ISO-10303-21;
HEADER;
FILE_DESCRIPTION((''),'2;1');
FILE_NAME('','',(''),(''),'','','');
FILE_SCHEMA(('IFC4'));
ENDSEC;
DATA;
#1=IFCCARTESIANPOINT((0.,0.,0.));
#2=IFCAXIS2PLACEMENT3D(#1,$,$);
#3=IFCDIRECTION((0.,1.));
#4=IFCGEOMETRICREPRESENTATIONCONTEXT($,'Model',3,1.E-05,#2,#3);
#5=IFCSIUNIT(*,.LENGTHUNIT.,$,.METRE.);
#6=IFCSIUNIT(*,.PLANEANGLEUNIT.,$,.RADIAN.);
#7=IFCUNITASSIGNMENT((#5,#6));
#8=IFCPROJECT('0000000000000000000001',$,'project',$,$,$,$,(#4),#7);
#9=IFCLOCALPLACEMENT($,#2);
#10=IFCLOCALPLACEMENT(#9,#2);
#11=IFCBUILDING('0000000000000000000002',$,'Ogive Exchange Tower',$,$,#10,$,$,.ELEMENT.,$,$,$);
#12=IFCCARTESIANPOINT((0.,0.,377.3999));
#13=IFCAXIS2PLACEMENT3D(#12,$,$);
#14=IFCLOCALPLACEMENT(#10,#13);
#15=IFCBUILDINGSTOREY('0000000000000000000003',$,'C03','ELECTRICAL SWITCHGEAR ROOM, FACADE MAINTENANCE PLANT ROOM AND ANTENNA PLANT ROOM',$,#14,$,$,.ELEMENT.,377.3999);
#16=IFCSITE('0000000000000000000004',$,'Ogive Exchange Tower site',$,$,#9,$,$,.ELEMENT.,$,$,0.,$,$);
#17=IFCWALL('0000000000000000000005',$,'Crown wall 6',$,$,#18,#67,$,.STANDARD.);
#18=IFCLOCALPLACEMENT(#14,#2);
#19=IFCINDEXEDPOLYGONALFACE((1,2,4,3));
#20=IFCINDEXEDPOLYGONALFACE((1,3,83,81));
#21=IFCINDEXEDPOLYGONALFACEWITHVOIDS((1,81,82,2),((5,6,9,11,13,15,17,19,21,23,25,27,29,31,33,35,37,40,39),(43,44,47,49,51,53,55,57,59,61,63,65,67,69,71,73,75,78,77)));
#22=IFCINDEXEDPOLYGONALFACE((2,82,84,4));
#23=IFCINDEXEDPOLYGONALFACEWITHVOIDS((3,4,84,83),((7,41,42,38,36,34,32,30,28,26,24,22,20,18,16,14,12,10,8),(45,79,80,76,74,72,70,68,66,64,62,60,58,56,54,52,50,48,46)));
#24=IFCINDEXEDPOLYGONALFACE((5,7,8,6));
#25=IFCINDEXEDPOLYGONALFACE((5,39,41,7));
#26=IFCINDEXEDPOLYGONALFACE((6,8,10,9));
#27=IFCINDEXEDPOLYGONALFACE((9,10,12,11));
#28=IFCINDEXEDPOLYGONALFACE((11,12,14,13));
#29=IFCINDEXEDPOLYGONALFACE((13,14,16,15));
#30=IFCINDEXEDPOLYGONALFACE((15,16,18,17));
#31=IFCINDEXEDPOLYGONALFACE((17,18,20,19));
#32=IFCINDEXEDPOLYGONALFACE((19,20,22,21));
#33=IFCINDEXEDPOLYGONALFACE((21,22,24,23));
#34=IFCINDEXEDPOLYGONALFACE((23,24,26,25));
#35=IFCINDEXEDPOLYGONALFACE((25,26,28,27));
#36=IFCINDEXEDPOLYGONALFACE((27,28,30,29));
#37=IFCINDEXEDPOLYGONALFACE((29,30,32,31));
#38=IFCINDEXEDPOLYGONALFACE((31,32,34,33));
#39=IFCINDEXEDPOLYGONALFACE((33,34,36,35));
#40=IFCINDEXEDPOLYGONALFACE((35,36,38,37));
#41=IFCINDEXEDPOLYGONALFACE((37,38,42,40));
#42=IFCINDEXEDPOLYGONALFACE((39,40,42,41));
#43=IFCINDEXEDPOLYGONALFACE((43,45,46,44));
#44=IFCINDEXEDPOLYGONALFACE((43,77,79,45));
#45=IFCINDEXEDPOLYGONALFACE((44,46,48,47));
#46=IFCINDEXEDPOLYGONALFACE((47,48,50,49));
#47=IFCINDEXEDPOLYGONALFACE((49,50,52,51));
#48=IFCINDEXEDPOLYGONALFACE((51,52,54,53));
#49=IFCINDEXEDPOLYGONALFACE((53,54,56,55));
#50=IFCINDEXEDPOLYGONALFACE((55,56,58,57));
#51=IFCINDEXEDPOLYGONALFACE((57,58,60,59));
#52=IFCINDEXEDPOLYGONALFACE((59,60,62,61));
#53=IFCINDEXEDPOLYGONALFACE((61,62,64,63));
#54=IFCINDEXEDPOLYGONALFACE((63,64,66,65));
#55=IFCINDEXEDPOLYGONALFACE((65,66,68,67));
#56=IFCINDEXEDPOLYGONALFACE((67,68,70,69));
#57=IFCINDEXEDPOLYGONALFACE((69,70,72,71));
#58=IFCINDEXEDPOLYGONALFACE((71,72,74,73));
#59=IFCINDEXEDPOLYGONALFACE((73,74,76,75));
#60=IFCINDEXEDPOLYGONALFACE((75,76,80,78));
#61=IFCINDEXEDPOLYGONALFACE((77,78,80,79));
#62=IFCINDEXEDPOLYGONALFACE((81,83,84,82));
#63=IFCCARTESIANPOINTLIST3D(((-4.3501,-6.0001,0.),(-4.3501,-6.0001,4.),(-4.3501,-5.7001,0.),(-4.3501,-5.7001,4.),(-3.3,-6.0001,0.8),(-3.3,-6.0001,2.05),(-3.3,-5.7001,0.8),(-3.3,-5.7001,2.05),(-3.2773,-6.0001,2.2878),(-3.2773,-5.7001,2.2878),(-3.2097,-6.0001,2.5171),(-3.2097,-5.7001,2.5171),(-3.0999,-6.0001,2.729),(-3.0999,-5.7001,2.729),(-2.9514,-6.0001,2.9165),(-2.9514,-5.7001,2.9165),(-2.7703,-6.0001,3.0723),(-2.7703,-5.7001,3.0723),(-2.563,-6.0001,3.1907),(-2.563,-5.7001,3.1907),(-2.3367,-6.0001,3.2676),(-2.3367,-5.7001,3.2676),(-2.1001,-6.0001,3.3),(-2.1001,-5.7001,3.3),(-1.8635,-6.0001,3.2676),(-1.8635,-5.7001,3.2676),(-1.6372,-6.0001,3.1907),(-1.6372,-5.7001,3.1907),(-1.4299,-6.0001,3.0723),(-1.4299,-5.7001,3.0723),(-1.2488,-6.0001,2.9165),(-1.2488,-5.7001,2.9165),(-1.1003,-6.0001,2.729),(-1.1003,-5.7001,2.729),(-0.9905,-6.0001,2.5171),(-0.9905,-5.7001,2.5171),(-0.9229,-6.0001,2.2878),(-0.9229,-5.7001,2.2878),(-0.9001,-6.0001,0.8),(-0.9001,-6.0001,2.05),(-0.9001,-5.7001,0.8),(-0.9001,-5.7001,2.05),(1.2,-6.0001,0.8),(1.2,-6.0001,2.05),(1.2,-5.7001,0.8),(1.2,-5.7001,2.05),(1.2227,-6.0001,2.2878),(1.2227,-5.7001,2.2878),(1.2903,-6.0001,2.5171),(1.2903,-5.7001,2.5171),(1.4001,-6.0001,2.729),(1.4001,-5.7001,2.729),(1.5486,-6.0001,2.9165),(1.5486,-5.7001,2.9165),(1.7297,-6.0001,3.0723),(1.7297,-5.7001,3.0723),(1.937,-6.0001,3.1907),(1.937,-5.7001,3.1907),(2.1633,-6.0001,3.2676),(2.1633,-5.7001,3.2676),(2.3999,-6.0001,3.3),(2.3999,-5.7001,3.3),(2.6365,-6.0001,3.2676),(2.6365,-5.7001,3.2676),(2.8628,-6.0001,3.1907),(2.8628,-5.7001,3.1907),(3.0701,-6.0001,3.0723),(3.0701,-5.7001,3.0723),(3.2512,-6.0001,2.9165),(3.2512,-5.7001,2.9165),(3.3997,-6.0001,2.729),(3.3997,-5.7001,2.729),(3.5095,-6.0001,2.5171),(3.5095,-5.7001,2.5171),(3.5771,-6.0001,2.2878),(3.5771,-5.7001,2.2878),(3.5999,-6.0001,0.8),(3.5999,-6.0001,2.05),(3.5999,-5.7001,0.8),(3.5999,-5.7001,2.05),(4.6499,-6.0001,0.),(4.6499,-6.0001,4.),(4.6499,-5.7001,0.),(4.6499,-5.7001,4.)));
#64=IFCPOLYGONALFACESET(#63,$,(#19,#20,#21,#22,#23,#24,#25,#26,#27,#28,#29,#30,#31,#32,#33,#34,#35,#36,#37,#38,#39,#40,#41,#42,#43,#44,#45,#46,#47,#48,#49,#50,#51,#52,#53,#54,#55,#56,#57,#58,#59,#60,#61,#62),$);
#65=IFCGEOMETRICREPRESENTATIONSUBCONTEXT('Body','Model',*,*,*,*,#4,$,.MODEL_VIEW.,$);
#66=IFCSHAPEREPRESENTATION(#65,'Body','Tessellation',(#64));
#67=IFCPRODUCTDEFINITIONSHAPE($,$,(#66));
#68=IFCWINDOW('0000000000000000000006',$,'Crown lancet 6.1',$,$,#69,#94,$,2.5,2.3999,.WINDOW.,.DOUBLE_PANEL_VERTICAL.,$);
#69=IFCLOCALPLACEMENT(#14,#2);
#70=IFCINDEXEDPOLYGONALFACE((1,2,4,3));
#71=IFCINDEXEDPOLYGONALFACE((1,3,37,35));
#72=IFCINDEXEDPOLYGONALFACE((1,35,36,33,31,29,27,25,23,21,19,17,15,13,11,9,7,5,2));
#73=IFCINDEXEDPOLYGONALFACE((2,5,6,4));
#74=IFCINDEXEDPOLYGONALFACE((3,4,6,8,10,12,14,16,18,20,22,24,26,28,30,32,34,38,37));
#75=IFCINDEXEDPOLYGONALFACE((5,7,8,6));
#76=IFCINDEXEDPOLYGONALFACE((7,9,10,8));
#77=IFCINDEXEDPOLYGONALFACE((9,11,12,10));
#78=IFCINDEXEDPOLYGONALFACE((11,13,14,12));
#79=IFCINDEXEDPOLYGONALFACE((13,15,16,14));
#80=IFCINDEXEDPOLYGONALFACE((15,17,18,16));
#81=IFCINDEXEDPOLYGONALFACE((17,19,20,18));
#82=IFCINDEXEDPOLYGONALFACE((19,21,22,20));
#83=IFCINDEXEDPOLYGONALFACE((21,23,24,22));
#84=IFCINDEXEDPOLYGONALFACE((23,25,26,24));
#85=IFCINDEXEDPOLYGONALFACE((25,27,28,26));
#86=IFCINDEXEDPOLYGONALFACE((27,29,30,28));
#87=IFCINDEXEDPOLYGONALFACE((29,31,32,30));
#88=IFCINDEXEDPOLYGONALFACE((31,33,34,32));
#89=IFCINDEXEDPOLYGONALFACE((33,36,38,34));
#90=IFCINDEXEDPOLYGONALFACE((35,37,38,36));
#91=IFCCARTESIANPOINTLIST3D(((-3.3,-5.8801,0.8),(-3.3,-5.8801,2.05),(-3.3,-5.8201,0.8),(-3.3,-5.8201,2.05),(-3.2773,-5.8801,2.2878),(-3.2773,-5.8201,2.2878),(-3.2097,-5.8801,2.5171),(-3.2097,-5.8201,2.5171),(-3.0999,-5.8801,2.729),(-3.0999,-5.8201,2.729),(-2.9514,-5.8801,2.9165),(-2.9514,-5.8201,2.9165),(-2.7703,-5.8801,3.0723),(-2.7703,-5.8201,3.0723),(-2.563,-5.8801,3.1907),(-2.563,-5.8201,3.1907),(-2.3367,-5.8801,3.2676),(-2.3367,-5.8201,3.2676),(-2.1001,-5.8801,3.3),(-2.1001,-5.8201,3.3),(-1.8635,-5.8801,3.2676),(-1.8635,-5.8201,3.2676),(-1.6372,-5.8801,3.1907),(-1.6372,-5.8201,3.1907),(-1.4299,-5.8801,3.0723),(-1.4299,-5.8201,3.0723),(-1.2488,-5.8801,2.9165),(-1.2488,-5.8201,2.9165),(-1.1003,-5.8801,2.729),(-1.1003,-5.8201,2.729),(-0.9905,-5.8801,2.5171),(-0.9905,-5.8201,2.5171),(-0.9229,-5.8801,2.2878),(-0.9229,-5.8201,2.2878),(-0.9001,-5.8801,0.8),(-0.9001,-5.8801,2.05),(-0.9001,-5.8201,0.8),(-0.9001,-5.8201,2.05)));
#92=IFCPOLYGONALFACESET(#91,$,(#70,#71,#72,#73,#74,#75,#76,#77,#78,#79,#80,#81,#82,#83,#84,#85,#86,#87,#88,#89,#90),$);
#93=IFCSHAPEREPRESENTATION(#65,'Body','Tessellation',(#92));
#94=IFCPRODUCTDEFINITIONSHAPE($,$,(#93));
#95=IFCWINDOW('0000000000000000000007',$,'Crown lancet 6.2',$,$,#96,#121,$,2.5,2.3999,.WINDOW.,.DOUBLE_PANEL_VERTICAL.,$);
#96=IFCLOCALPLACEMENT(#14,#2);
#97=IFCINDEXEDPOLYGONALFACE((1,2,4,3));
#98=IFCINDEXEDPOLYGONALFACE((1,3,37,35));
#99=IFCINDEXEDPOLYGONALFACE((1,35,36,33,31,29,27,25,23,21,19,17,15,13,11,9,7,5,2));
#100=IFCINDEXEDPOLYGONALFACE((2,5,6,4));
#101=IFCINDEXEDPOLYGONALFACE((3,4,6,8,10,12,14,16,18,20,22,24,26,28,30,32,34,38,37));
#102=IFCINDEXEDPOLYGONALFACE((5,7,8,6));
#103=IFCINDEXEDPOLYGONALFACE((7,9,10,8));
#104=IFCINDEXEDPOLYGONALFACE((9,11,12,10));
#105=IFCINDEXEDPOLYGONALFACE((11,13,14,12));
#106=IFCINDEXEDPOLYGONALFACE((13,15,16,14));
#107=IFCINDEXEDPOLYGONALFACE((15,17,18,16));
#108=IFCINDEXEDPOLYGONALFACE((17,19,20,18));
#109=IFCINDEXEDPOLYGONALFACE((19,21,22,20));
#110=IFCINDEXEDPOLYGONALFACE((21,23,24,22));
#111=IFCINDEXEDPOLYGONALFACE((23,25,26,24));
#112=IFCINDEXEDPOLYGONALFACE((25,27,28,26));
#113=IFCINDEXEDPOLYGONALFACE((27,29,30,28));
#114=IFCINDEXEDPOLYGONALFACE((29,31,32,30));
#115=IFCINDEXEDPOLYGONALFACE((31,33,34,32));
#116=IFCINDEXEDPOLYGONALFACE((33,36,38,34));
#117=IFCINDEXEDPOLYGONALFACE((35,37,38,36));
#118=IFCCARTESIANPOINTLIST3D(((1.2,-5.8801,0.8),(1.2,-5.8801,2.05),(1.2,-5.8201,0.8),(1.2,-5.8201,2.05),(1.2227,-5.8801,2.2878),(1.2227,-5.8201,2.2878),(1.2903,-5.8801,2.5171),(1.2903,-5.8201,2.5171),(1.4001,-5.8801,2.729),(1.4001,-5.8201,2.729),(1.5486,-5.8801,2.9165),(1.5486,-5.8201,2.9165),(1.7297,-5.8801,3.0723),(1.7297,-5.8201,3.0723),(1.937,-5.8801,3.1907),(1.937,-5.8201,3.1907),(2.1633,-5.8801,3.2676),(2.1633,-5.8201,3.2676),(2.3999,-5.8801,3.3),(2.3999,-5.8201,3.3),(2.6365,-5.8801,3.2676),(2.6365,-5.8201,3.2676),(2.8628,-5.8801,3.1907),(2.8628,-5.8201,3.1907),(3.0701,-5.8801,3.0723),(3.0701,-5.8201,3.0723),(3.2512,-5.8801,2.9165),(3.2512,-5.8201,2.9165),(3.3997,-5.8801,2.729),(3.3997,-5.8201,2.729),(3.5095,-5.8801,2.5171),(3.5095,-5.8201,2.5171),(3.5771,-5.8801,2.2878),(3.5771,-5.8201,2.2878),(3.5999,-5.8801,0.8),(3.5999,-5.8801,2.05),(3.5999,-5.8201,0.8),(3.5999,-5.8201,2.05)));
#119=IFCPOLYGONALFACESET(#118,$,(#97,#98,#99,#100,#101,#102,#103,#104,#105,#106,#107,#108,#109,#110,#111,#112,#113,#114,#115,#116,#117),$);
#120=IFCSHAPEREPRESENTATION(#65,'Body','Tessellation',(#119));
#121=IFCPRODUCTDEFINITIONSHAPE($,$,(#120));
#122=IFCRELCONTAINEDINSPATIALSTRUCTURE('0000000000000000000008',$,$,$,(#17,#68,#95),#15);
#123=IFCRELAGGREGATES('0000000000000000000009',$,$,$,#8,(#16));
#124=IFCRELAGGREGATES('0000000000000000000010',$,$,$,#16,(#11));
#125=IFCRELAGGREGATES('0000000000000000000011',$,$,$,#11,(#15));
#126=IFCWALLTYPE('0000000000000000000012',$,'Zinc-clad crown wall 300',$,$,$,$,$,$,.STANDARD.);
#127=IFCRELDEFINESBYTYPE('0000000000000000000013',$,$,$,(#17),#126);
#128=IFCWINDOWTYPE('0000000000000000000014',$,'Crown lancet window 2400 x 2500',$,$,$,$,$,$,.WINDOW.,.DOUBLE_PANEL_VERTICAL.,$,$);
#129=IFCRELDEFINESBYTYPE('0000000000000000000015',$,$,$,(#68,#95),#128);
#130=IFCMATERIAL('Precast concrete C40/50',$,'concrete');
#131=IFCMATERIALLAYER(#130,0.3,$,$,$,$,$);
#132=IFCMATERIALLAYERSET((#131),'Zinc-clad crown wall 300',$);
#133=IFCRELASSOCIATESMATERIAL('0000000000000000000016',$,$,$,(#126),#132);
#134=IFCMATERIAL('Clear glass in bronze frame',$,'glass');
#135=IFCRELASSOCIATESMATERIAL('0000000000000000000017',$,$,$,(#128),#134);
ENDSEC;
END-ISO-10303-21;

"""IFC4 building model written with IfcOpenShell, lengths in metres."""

from ifc_helpers import new_model, si_unit, direction, frame, frame_2d, origin, place, context, subcontext, project, spatial, polyline, rectangle, outline, extrude, material, layer, layer_set, type_object, element, fill, save


model = new_model("IFC4")

# Units and contexts
model_context = context("Model", 3, precision=1e-05, world=origin(), true_north=direction((0.0, 1.0)))
body_context = subcontext(model_context, "Body", "Model", "MODEL_VIEW")
ifc_project = project(units=[si_unit("LENGTHUNIT", "METRE"), si_unit("PLANEANGLEUNIT", "RADIAN")], contexts=[model_context])

# Site, building, storey
site_placement = place(None, origin())
site = spatial("IfcSite", under=ifc_project, at=site_placement, Name="Ogive Exchange Tower site", CompositionType="ELEMENT", RefElevation=0.0)
building_placement = place(site_placement, origin())
building = spatial("IfcBuilding", under=site, at=building_placement, Name="Ogive Exchange Tower", CompositionType="ELEMENT")
storey_placement = place(building_placement, frame((0.0, 0.0, 377.3999)))
storey = spatial("IfcBuildingStorey", under=building, at=storey_placement, Name="C03", Description="ELECTRICAL SWITCHGEAR ROOM, FACADE MAINTENANCE PLANT ROOM AND ANTENNA PLANT ROOM", CompositionType="ELEMENT", Elevation=377.3999)

# Wall, openings, windows
ifc_material_1 = material(Name="Precast concrete C40/50", Category="concrete")
ifc_layer_1 = layer(ifc_material_1, 0.3)
ifc_layer_set_1 = layer_set([ifc_layer_1], Name="Zinc-clad crown wall 300")
wall_type_1 = type_object("IfcWallType", Name="Zinc-clad crown wall 300", PredefinedType="STANDARD", material=ifc_layer_set_1)
ifc_material_2 = material(Name="Clear glass in bronze frame", Category="glass")
window_type = type_object("IfcWindowType", Name="Crown lancet window 2400 x 2500", PartitioningType="DOUBLE_PANEL_VERTICAL", PredefinedType="WINDOW", material=ifc_material_2)
wall_1_placement = place(storey_placement, frame((-4.3501, -5.8501, 0.0), z_axis=(0.0, 0.0, 1.0), x_axis=(1.0, 0.0, 0.0)))
wall_1 = element("IfcWall", 1, at=wall_1_placement, inside=storey, type_object=wall_type_1, Name="Crown wall 6", PredefinedType="STANDARD", context=body_context, shape_type="SweptSolid", body=[
    extrude(rectangle(XDim=9.0, YDim=0.3, at=frame_2d((4.5, 0.0))), origin(), (0.0, 0.0, 1.0), 4.0),
])
opening_1_placement = place(wall_1_placement, frame((1.05, 0.0, 0.8)))
opening_1 = element("IfcOpeningElement", 2, at=opening_1_placement, cuts=wall_1, PredefinedType="OPENING", context=body_context, shape_type="SweptSolid", body=[
    extrude(outline(polyline([(0.0, 0.0), (2.3999, 0.0), (2.3999, 1.25), (2.3772, 1.4878), (2.3096, 1.717), (2.1997, 1.929), (2.0513, 2.1165), (1.8701, 2.2722), (1.6628, 2.3906), (1.4365, 2.4675), (1.2, 2.5), (0.9634, 2.4675), (0.7371, 2.3906), (0.5298, 2.2722), (0.3486, 2.1165), (0.2002, 1.929), (0.0903, 1.717), (0.0227, 1.4878), (0.0, 1.25), (0.0, 0.0)])), frame((0.0, 0.1599, 0.0), z_axis=(0.0, -1.0, 0.0), x_axis=(1.0, 0.0, 0.0)), (0.0, 0.0, 1.0), 0.3201),
])
opening_2_placement = place(wall_1_placement, frame((5.55, 0.0, 0.8)))
opening_2 = element("IfcOpeningElement", 3, at=opening_2_placement, cuts=wall_1, PredefinedType="OPENING", context=body_context, shape_type="SweptSolid", body=[
    extrude(outline(polyline([(0.0, 0.0), (2.3999, 0.0), (2.3999, 1.25), (2.3772, 1.4878), (2.3096, 1.717), (2.1997, 1.929), (2.0513, 2.1165), (1.8701, 2.2722), (1.6628, 2.3906), (1.4365, 2.4675), (1.2, 2.5), (0.9634, 2.4675), (0.7371, 2.3906), (0.5298, 2.2722), (0.3486, 2.1165), (0.2002, 1.929), (0.0903, 1.717), (0.0227, 1.4878), (0.0, 1.25), (0.0, 0.0)])), frame((0.0, 0.1599, 0.0), z_axis=(0.0, -1.0, 0.0), x_axis=(1.0, 0.0, 0.0)), (0.0, 0.0, 1.0), 0.3201),
])
window_1_placement = place(opening_1_placement, origin())
window_1 = element("IfcWindow", 4, at=window_1_placement, inside=storey, type_object=window_type, Name="Crown lancet 6.1", OverallHeight=2.5, OverallWidth=2.3999, PartitioningType="DOUBLE_PANEL_VERTICAL", PredefinedType="WINDOW", context=body_context, shape_type="SweptSolid", body=[
    extrude(outline(polyline([(0.0, 0.0), (2.3999, 0.0), (2.3999, 1.25), (2.3772, 1.4878), (2.3096, 1.717), (2.1997, 1.929), (2.0513, 2.1165), (1.8701, 2.2722), (1.6628, 2.3906), (1.4365, 2.4675), (1.2, 2.5), (0.9634, 2.4675), (0.7371, 2.3906), (0.5298, 2.2722), (0.3486, 2.1165), (0.2002, 1.929), (0.0903, 1.717), (0.0227, 1.4878), (0.0, 1.25), (0.0, 0.0)])), frame((0.0, 0.03, 0.0), z_axis=(0.0, -1.0, 0.0), x_axis=(1.0, 0.0, 0.0)), (0.0, 0.0, 1.0), 0.0601),
])
fill(opening_1, window_1)
window_2_placement = place(opening_2_placement, origin())
window_2 = element("IfcWindow", 5, at=window_2_placement, inside=storey, type_object=window_type, Name="Crown lancet 6.2", OverallHeight=2.5, OverallWidth=2.3999, PartitioningType="DOUBLE_PANEL_VERTICAL", PredefinedType="WINDOW", context=body_context, shape_type="SweptSolid", body=[
    extrude(outline(polyline([(0.0, 0.0), (2.3999, 0.0), (2.3999, 1.25), (2.3772, 1.4878), (2.3096, 1.717), (2.1997, 1.929), (2.0513, 2.1165), (1.8701, 2.2722), (1.6628, 2.3906), (1.4365, 2.4675), (1.2, 2.5), (0.9634, 2.4675), (0.7371, 2.3906), (0.5298, 2.2722), (0.3486, 2.1165), (0.2002, 1.929), (0.0903, 1.717), (0.0227, 1.4878), (0.0, 1.25), (0.0, 0.0)])), frame((0.0, 0.03, 0.0), z_axis=(0.0, -1.0, 0.0), x_axis=(1.0, 0.0, 0.0)), (0.0, 0.0, 1.0), 0.0601),
])
fill(opening_2, window_2)

save(model, "model.ifc")
